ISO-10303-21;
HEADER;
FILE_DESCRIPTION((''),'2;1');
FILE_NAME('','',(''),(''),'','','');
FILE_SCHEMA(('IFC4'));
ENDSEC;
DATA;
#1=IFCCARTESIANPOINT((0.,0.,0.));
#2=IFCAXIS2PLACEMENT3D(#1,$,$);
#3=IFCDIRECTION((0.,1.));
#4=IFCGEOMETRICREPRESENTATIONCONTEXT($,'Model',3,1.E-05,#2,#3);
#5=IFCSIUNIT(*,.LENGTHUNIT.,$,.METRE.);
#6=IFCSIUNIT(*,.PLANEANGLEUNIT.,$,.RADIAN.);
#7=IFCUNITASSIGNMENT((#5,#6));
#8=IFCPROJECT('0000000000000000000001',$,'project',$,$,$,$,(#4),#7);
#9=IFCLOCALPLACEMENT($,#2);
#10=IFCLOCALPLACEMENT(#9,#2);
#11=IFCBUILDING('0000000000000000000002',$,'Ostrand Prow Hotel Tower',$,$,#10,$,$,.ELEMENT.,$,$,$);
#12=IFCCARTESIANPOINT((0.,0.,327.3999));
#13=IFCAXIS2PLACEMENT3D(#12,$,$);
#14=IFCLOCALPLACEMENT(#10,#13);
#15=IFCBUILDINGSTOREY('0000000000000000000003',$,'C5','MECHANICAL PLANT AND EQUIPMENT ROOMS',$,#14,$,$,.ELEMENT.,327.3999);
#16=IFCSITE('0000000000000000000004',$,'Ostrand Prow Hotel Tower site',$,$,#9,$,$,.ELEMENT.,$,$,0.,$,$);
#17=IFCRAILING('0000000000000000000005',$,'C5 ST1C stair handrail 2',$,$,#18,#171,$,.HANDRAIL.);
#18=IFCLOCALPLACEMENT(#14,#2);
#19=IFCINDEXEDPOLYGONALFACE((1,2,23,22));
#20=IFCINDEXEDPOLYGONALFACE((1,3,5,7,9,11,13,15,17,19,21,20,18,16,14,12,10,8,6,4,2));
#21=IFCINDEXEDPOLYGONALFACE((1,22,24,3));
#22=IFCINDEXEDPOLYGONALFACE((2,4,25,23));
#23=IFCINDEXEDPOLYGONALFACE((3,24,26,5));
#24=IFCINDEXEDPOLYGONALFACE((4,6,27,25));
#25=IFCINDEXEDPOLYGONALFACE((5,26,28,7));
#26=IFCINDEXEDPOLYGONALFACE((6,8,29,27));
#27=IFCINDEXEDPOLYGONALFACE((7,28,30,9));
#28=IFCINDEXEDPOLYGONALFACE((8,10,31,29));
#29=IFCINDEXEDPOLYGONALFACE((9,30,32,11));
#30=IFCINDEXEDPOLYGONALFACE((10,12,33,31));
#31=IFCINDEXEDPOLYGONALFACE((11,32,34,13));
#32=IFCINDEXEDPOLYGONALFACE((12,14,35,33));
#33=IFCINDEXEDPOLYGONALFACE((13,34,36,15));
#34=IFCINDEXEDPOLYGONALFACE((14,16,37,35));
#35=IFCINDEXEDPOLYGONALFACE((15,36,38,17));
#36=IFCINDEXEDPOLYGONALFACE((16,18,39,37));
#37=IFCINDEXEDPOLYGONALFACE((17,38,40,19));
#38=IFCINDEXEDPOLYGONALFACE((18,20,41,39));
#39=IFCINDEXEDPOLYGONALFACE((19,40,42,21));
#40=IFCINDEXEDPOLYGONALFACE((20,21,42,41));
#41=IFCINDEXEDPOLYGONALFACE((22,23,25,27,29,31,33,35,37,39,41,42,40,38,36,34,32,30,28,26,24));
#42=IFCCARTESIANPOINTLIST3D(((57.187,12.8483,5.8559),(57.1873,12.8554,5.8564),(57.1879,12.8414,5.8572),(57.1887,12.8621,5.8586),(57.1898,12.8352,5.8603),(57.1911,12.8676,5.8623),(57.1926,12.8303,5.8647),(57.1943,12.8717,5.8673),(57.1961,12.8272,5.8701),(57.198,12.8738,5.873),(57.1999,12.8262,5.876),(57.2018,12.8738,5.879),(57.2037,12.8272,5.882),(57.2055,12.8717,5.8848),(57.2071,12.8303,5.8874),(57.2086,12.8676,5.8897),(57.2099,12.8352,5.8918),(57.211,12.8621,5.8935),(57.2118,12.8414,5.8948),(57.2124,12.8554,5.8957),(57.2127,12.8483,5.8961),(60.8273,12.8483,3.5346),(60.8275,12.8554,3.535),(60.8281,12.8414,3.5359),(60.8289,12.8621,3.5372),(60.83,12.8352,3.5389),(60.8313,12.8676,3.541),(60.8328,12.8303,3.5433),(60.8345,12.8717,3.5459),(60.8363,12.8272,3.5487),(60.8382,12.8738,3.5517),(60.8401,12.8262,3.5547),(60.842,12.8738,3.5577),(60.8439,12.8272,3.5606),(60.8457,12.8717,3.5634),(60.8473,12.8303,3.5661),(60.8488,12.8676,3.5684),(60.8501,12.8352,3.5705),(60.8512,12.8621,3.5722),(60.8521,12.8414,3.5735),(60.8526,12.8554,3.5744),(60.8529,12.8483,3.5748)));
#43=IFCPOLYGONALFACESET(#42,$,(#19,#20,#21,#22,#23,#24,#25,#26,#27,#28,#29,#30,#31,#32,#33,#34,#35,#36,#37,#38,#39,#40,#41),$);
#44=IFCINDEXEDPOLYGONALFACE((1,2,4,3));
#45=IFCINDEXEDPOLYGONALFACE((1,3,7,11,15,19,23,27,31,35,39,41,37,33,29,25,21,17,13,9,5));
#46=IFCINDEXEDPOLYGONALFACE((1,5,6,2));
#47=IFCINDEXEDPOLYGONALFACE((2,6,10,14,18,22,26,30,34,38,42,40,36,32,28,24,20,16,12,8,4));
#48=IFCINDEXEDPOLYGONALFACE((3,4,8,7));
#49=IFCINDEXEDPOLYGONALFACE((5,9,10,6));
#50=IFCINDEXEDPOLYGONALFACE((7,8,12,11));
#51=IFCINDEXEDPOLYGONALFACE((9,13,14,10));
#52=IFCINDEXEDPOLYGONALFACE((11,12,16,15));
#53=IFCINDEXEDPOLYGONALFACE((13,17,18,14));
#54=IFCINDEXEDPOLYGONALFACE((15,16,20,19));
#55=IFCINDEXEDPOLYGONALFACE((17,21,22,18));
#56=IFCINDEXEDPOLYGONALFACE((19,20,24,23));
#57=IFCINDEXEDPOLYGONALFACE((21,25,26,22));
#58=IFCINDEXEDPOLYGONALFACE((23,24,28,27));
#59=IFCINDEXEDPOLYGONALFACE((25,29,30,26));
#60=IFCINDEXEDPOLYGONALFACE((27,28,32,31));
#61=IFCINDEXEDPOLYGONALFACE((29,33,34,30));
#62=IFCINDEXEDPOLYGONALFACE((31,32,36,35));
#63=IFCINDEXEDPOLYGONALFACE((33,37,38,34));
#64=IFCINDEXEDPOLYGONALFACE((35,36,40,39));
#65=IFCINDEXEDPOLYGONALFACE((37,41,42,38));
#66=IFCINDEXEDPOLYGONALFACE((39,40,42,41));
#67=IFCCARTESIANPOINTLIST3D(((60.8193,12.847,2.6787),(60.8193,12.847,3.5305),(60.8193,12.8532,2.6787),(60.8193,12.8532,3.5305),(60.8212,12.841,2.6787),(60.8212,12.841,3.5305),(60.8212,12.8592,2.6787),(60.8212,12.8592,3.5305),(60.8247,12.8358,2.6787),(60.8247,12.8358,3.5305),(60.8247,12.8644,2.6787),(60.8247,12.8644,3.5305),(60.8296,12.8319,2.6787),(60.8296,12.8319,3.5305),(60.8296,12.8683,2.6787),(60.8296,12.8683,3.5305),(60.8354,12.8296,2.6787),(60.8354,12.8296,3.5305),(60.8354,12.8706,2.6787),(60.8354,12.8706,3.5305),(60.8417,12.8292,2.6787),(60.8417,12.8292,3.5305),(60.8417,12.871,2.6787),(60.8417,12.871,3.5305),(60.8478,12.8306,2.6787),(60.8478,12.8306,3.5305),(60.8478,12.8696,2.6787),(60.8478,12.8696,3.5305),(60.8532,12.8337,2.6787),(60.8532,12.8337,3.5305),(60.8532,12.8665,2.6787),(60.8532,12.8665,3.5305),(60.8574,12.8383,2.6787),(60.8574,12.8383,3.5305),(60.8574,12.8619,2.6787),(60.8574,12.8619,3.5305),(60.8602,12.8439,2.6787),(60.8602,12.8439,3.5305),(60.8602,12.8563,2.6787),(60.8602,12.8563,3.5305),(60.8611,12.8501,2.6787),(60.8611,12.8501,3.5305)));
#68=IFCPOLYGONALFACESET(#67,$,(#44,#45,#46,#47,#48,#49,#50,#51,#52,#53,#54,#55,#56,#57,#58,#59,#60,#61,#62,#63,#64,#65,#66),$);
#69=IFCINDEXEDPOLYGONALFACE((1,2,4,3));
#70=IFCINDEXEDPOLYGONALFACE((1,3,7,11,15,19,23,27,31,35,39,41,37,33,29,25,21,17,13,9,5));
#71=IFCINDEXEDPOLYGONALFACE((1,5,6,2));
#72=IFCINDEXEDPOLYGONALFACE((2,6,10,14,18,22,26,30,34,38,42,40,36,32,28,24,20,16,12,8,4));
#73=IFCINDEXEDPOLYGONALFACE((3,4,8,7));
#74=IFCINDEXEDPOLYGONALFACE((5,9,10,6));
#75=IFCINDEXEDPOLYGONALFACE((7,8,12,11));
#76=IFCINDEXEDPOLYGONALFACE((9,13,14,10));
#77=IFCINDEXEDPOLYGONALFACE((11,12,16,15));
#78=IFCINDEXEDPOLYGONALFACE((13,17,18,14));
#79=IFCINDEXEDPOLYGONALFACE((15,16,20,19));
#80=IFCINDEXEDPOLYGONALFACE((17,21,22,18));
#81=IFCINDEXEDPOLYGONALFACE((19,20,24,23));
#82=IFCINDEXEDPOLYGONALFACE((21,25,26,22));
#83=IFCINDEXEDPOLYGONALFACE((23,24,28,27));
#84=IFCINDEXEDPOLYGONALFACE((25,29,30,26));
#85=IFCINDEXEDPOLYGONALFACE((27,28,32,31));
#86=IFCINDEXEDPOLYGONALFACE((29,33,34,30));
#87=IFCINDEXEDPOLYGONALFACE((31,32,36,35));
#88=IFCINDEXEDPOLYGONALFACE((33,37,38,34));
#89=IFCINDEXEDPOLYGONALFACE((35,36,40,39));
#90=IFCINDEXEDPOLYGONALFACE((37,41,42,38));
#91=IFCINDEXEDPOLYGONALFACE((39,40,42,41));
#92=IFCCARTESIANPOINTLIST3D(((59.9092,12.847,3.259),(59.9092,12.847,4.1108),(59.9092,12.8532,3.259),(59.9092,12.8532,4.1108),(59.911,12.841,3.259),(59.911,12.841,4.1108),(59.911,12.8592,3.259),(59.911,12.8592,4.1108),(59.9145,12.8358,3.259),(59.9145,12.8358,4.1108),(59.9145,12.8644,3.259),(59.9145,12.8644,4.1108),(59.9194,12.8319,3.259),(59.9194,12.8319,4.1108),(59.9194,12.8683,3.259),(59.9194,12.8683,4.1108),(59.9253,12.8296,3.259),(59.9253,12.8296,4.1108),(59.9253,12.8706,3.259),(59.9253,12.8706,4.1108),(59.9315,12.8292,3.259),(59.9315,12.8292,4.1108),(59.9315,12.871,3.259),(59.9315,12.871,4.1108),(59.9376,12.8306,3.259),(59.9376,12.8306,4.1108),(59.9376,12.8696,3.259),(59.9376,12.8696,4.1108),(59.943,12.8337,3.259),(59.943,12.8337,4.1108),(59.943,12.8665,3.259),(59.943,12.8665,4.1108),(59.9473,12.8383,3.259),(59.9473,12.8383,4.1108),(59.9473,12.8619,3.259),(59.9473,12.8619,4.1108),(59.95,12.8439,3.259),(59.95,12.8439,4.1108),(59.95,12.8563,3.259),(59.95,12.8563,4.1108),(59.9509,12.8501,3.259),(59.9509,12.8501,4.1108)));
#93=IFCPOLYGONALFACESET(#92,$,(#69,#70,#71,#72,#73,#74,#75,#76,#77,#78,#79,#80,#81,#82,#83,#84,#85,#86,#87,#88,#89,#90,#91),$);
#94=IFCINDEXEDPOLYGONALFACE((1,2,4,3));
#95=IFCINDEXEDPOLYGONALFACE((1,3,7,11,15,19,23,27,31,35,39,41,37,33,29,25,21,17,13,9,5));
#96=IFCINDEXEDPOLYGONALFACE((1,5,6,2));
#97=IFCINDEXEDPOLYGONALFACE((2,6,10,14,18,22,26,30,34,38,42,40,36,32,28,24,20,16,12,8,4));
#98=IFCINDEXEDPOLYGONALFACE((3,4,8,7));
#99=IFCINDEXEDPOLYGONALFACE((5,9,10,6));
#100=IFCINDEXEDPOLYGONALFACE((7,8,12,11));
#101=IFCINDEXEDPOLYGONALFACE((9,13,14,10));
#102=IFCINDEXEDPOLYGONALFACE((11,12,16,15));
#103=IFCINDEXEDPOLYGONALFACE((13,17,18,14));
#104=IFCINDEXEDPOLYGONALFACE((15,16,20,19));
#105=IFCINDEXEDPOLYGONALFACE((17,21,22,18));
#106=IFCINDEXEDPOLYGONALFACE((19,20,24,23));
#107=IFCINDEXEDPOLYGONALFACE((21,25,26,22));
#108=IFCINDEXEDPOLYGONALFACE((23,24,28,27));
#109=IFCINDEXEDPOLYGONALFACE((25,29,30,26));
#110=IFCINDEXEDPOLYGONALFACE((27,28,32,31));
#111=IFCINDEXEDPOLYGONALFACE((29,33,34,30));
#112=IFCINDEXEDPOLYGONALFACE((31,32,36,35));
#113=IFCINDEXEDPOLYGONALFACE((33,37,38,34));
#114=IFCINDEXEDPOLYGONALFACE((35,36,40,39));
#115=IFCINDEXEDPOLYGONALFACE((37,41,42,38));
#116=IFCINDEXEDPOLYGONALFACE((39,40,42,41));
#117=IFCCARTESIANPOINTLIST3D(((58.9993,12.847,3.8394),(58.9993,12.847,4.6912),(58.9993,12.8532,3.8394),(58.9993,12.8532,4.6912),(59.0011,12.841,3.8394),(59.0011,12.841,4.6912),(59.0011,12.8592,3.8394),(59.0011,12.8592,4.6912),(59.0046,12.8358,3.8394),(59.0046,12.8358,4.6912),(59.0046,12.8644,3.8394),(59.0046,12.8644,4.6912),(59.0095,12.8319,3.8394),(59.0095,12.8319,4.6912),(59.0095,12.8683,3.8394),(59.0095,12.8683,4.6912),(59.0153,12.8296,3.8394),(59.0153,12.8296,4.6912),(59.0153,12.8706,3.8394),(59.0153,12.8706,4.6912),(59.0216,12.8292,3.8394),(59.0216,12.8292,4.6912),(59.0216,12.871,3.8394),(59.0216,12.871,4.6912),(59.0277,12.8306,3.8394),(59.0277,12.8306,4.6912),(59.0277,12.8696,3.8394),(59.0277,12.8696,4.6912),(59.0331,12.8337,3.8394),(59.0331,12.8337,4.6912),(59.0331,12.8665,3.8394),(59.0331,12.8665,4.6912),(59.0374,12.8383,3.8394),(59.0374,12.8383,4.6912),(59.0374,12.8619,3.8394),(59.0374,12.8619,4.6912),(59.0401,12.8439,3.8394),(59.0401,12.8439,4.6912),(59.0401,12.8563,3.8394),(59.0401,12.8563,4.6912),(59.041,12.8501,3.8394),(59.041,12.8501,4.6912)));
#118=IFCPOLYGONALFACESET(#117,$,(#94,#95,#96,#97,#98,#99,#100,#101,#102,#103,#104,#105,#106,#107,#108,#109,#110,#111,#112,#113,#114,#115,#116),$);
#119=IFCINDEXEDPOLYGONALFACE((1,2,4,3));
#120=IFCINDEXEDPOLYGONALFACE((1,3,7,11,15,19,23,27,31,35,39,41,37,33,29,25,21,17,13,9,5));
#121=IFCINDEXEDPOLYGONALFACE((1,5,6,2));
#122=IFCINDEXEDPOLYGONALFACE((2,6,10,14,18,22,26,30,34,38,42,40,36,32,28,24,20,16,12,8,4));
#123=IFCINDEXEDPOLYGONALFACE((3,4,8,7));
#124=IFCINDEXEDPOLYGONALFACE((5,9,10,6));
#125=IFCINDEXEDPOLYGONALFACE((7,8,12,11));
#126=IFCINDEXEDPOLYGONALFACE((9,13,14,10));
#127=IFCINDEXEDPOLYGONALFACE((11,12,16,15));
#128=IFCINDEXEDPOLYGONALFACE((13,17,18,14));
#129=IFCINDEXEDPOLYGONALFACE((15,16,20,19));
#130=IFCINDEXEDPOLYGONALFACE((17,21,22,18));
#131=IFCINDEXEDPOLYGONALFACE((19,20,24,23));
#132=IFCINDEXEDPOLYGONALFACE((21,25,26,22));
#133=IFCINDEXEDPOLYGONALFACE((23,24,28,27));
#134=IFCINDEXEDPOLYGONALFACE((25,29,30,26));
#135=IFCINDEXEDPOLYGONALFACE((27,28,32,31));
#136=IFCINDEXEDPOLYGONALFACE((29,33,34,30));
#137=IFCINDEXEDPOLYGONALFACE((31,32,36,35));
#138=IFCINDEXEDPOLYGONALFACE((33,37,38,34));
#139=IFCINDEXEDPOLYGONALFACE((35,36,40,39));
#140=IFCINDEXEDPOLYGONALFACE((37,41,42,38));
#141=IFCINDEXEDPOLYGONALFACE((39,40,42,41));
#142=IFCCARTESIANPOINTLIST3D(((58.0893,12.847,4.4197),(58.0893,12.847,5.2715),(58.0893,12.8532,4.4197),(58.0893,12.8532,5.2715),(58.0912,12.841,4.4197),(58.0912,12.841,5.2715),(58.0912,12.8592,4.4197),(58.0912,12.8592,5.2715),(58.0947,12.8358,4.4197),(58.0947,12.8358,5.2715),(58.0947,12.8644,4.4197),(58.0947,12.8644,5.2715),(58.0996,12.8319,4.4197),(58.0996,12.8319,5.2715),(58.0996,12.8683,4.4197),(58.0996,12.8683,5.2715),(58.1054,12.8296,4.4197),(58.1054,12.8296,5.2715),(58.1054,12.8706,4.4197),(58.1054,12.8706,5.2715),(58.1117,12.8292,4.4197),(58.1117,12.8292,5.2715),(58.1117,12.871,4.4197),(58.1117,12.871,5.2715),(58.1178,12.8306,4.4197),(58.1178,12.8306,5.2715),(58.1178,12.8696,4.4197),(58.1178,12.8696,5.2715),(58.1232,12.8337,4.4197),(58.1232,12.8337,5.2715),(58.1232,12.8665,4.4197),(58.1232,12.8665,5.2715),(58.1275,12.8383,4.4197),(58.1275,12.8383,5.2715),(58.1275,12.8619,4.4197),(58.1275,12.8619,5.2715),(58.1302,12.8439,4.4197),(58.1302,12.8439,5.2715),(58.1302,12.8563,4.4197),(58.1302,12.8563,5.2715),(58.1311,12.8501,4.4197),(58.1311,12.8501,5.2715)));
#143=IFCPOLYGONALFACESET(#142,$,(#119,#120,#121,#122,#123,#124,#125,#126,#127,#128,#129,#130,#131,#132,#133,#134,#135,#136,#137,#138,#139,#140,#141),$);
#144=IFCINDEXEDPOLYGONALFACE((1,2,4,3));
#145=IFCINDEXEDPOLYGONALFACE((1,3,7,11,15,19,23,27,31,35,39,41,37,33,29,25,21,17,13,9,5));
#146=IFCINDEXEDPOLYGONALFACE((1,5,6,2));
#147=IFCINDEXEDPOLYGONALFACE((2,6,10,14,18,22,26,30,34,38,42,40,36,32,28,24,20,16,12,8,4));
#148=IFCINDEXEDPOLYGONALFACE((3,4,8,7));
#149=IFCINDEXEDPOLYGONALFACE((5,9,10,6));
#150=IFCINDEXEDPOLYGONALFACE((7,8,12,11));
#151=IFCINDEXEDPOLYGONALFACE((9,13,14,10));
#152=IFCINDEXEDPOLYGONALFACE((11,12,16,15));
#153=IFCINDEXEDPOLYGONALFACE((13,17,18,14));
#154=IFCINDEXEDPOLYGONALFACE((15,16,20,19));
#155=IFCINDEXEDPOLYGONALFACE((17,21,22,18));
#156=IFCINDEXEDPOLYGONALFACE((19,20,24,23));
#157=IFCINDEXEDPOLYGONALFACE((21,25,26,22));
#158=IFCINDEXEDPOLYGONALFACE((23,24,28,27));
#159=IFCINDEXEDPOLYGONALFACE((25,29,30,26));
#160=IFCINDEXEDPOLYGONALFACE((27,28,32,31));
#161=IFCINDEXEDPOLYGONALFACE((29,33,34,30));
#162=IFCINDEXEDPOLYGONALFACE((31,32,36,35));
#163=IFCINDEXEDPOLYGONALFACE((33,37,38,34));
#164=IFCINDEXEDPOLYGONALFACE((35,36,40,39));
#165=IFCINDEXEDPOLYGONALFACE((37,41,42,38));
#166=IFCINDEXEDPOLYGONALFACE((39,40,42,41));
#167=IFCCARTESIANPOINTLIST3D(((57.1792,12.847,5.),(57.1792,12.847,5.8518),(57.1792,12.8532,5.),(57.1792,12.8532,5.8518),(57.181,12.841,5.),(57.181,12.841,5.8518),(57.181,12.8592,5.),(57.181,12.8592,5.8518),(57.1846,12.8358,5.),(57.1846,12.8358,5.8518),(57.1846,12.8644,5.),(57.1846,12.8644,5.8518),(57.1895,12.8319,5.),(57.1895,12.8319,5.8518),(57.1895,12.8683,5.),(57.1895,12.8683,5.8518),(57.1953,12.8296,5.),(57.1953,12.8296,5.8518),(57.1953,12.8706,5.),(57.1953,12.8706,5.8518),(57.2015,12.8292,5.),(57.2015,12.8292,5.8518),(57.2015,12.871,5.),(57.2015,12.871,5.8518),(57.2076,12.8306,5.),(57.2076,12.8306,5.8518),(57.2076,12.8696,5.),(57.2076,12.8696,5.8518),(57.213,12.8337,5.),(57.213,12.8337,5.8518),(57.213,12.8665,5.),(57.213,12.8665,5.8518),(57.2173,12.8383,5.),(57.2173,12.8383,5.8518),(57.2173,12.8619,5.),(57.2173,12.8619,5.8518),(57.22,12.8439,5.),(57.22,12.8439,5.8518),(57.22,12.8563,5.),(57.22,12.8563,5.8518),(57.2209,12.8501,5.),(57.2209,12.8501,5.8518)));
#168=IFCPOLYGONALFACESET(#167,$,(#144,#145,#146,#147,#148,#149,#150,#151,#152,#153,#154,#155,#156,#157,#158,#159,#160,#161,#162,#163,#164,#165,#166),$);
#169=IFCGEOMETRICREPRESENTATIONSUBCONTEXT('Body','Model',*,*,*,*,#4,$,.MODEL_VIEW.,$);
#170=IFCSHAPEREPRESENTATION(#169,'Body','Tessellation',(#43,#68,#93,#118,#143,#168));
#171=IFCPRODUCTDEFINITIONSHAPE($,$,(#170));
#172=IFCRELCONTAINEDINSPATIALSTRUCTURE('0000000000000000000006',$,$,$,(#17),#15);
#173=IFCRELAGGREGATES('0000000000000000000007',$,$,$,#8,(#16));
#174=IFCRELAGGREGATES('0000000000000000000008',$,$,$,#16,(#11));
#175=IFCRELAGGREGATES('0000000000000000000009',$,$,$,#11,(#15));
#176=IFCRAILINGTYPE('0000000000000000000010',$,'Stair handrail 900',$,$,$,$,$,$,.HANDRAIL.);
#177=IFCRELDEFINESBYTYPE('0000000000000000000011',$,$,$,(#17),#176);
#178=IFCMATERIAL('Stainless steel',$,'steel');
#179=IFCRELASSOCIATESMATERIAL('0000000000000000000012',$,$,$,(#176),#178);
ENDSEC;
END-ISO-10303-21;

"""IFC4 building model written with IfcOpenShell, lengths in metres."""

from ifc_helpers import new_model, si_unit, direction, frame, origin, origin_2d, place, context, subcontext, project, spatial, circle, extrude, material, type_object, element, save


model = new_model("IFC4")

# Units and contexts
model_context = context("Model", 3, precision=1e-05, world=origin(), true_north=direction((0.0, 1.0)))
body_context = subcontext(model_context, "Body", "Model", "MODEL_VIEW")
ifc_project = project(units=[si_unit("LENGTHUNIT", "METRE"), si_unit("PLANEANGLEUNIT", "RADIAN")], contexts=[model_context])

# Site, building, storey
site_placement = place(None, origin())
site = spatial("IfcSite", under=ifc_project, at=site_placement, Name="Ostrand Prow Hotel Tower site", CompositionType="ELEMENT", RefElevation=0.0)
building_placement = place(site_placement, origin())
building = spatial("IfcBuilding", under=site, at=building_placement, Name="Ostrand Prow Hotel Tower", CompositionType="ELEMENT")
storey_placement = place(building_placement, frame((0.0, 0.0, 327.3999)))
storey = spatial("IfcBuildingStorey", under=building, at=storey_placement, Name="C5", Description="MECHANICAL PLANT AND EQUIPMENT ROOMS", CompositionType="ELEMENT", Elevation=327.3999)

# Railing
ifc_material_1 = material(Name="Stainless steel", Category="steel")
railing_type_1 = type_object("IfcRailingType", Name="Stair handrail 900", PredefinedType="HANDRAIL", material=ifc_material_1)
railing_1_placement = place(storey_placement, frame((60.8401, 12.8501, 2.6787)))
element("IfcRailing", 1, at=railing_1_placement, inside=storey, type_object=railing_type_1, Name="C5 ST1C stair handrail 2", PredefinedType="HANDRAIL", context=body_context, shape_type="SweptSolid", body=[
    extrude(circle(Radius=0.0239, at=origin_2d()), frame((0.0, 0.0, 0.876), z_axis=(-0.843153, 0.0, 0.537673), x_axis=(0.0, -1.0, 0.0)), (0.0, 0.0, 1.0), 4.3174),
    extrude(circle(Radius=0.021, at=origin_2d()), origin(), (0.0, 0.0, 1.0), 0.8518),
    extrude(circle(Radius=0.021, at=origin_2d()), frame((-0.9102, 0.0, 0.5803)), (0.0, 0.0, 1.0), 0.8518),
    extrude(circle(Radius=0.021, at=origin_2d()), frame((-1.8201, 0.0, 1.1606)), (0.0, 0.0, 1.0), 0.8518),
    extrude(circle(Radius=0.021, at=origin_2d()), frame((-2.73, 0.0, 1.741)), (0.0, 0.0, 1.0), 0.8518),
    extrude(circle(Radius=0.021, at=origin_2d()), frame((-3.6401, 0.0, 2.3213)), (0.0, 0.0, 1.0), 0.8518),
])

save(model, "model.ifc")
